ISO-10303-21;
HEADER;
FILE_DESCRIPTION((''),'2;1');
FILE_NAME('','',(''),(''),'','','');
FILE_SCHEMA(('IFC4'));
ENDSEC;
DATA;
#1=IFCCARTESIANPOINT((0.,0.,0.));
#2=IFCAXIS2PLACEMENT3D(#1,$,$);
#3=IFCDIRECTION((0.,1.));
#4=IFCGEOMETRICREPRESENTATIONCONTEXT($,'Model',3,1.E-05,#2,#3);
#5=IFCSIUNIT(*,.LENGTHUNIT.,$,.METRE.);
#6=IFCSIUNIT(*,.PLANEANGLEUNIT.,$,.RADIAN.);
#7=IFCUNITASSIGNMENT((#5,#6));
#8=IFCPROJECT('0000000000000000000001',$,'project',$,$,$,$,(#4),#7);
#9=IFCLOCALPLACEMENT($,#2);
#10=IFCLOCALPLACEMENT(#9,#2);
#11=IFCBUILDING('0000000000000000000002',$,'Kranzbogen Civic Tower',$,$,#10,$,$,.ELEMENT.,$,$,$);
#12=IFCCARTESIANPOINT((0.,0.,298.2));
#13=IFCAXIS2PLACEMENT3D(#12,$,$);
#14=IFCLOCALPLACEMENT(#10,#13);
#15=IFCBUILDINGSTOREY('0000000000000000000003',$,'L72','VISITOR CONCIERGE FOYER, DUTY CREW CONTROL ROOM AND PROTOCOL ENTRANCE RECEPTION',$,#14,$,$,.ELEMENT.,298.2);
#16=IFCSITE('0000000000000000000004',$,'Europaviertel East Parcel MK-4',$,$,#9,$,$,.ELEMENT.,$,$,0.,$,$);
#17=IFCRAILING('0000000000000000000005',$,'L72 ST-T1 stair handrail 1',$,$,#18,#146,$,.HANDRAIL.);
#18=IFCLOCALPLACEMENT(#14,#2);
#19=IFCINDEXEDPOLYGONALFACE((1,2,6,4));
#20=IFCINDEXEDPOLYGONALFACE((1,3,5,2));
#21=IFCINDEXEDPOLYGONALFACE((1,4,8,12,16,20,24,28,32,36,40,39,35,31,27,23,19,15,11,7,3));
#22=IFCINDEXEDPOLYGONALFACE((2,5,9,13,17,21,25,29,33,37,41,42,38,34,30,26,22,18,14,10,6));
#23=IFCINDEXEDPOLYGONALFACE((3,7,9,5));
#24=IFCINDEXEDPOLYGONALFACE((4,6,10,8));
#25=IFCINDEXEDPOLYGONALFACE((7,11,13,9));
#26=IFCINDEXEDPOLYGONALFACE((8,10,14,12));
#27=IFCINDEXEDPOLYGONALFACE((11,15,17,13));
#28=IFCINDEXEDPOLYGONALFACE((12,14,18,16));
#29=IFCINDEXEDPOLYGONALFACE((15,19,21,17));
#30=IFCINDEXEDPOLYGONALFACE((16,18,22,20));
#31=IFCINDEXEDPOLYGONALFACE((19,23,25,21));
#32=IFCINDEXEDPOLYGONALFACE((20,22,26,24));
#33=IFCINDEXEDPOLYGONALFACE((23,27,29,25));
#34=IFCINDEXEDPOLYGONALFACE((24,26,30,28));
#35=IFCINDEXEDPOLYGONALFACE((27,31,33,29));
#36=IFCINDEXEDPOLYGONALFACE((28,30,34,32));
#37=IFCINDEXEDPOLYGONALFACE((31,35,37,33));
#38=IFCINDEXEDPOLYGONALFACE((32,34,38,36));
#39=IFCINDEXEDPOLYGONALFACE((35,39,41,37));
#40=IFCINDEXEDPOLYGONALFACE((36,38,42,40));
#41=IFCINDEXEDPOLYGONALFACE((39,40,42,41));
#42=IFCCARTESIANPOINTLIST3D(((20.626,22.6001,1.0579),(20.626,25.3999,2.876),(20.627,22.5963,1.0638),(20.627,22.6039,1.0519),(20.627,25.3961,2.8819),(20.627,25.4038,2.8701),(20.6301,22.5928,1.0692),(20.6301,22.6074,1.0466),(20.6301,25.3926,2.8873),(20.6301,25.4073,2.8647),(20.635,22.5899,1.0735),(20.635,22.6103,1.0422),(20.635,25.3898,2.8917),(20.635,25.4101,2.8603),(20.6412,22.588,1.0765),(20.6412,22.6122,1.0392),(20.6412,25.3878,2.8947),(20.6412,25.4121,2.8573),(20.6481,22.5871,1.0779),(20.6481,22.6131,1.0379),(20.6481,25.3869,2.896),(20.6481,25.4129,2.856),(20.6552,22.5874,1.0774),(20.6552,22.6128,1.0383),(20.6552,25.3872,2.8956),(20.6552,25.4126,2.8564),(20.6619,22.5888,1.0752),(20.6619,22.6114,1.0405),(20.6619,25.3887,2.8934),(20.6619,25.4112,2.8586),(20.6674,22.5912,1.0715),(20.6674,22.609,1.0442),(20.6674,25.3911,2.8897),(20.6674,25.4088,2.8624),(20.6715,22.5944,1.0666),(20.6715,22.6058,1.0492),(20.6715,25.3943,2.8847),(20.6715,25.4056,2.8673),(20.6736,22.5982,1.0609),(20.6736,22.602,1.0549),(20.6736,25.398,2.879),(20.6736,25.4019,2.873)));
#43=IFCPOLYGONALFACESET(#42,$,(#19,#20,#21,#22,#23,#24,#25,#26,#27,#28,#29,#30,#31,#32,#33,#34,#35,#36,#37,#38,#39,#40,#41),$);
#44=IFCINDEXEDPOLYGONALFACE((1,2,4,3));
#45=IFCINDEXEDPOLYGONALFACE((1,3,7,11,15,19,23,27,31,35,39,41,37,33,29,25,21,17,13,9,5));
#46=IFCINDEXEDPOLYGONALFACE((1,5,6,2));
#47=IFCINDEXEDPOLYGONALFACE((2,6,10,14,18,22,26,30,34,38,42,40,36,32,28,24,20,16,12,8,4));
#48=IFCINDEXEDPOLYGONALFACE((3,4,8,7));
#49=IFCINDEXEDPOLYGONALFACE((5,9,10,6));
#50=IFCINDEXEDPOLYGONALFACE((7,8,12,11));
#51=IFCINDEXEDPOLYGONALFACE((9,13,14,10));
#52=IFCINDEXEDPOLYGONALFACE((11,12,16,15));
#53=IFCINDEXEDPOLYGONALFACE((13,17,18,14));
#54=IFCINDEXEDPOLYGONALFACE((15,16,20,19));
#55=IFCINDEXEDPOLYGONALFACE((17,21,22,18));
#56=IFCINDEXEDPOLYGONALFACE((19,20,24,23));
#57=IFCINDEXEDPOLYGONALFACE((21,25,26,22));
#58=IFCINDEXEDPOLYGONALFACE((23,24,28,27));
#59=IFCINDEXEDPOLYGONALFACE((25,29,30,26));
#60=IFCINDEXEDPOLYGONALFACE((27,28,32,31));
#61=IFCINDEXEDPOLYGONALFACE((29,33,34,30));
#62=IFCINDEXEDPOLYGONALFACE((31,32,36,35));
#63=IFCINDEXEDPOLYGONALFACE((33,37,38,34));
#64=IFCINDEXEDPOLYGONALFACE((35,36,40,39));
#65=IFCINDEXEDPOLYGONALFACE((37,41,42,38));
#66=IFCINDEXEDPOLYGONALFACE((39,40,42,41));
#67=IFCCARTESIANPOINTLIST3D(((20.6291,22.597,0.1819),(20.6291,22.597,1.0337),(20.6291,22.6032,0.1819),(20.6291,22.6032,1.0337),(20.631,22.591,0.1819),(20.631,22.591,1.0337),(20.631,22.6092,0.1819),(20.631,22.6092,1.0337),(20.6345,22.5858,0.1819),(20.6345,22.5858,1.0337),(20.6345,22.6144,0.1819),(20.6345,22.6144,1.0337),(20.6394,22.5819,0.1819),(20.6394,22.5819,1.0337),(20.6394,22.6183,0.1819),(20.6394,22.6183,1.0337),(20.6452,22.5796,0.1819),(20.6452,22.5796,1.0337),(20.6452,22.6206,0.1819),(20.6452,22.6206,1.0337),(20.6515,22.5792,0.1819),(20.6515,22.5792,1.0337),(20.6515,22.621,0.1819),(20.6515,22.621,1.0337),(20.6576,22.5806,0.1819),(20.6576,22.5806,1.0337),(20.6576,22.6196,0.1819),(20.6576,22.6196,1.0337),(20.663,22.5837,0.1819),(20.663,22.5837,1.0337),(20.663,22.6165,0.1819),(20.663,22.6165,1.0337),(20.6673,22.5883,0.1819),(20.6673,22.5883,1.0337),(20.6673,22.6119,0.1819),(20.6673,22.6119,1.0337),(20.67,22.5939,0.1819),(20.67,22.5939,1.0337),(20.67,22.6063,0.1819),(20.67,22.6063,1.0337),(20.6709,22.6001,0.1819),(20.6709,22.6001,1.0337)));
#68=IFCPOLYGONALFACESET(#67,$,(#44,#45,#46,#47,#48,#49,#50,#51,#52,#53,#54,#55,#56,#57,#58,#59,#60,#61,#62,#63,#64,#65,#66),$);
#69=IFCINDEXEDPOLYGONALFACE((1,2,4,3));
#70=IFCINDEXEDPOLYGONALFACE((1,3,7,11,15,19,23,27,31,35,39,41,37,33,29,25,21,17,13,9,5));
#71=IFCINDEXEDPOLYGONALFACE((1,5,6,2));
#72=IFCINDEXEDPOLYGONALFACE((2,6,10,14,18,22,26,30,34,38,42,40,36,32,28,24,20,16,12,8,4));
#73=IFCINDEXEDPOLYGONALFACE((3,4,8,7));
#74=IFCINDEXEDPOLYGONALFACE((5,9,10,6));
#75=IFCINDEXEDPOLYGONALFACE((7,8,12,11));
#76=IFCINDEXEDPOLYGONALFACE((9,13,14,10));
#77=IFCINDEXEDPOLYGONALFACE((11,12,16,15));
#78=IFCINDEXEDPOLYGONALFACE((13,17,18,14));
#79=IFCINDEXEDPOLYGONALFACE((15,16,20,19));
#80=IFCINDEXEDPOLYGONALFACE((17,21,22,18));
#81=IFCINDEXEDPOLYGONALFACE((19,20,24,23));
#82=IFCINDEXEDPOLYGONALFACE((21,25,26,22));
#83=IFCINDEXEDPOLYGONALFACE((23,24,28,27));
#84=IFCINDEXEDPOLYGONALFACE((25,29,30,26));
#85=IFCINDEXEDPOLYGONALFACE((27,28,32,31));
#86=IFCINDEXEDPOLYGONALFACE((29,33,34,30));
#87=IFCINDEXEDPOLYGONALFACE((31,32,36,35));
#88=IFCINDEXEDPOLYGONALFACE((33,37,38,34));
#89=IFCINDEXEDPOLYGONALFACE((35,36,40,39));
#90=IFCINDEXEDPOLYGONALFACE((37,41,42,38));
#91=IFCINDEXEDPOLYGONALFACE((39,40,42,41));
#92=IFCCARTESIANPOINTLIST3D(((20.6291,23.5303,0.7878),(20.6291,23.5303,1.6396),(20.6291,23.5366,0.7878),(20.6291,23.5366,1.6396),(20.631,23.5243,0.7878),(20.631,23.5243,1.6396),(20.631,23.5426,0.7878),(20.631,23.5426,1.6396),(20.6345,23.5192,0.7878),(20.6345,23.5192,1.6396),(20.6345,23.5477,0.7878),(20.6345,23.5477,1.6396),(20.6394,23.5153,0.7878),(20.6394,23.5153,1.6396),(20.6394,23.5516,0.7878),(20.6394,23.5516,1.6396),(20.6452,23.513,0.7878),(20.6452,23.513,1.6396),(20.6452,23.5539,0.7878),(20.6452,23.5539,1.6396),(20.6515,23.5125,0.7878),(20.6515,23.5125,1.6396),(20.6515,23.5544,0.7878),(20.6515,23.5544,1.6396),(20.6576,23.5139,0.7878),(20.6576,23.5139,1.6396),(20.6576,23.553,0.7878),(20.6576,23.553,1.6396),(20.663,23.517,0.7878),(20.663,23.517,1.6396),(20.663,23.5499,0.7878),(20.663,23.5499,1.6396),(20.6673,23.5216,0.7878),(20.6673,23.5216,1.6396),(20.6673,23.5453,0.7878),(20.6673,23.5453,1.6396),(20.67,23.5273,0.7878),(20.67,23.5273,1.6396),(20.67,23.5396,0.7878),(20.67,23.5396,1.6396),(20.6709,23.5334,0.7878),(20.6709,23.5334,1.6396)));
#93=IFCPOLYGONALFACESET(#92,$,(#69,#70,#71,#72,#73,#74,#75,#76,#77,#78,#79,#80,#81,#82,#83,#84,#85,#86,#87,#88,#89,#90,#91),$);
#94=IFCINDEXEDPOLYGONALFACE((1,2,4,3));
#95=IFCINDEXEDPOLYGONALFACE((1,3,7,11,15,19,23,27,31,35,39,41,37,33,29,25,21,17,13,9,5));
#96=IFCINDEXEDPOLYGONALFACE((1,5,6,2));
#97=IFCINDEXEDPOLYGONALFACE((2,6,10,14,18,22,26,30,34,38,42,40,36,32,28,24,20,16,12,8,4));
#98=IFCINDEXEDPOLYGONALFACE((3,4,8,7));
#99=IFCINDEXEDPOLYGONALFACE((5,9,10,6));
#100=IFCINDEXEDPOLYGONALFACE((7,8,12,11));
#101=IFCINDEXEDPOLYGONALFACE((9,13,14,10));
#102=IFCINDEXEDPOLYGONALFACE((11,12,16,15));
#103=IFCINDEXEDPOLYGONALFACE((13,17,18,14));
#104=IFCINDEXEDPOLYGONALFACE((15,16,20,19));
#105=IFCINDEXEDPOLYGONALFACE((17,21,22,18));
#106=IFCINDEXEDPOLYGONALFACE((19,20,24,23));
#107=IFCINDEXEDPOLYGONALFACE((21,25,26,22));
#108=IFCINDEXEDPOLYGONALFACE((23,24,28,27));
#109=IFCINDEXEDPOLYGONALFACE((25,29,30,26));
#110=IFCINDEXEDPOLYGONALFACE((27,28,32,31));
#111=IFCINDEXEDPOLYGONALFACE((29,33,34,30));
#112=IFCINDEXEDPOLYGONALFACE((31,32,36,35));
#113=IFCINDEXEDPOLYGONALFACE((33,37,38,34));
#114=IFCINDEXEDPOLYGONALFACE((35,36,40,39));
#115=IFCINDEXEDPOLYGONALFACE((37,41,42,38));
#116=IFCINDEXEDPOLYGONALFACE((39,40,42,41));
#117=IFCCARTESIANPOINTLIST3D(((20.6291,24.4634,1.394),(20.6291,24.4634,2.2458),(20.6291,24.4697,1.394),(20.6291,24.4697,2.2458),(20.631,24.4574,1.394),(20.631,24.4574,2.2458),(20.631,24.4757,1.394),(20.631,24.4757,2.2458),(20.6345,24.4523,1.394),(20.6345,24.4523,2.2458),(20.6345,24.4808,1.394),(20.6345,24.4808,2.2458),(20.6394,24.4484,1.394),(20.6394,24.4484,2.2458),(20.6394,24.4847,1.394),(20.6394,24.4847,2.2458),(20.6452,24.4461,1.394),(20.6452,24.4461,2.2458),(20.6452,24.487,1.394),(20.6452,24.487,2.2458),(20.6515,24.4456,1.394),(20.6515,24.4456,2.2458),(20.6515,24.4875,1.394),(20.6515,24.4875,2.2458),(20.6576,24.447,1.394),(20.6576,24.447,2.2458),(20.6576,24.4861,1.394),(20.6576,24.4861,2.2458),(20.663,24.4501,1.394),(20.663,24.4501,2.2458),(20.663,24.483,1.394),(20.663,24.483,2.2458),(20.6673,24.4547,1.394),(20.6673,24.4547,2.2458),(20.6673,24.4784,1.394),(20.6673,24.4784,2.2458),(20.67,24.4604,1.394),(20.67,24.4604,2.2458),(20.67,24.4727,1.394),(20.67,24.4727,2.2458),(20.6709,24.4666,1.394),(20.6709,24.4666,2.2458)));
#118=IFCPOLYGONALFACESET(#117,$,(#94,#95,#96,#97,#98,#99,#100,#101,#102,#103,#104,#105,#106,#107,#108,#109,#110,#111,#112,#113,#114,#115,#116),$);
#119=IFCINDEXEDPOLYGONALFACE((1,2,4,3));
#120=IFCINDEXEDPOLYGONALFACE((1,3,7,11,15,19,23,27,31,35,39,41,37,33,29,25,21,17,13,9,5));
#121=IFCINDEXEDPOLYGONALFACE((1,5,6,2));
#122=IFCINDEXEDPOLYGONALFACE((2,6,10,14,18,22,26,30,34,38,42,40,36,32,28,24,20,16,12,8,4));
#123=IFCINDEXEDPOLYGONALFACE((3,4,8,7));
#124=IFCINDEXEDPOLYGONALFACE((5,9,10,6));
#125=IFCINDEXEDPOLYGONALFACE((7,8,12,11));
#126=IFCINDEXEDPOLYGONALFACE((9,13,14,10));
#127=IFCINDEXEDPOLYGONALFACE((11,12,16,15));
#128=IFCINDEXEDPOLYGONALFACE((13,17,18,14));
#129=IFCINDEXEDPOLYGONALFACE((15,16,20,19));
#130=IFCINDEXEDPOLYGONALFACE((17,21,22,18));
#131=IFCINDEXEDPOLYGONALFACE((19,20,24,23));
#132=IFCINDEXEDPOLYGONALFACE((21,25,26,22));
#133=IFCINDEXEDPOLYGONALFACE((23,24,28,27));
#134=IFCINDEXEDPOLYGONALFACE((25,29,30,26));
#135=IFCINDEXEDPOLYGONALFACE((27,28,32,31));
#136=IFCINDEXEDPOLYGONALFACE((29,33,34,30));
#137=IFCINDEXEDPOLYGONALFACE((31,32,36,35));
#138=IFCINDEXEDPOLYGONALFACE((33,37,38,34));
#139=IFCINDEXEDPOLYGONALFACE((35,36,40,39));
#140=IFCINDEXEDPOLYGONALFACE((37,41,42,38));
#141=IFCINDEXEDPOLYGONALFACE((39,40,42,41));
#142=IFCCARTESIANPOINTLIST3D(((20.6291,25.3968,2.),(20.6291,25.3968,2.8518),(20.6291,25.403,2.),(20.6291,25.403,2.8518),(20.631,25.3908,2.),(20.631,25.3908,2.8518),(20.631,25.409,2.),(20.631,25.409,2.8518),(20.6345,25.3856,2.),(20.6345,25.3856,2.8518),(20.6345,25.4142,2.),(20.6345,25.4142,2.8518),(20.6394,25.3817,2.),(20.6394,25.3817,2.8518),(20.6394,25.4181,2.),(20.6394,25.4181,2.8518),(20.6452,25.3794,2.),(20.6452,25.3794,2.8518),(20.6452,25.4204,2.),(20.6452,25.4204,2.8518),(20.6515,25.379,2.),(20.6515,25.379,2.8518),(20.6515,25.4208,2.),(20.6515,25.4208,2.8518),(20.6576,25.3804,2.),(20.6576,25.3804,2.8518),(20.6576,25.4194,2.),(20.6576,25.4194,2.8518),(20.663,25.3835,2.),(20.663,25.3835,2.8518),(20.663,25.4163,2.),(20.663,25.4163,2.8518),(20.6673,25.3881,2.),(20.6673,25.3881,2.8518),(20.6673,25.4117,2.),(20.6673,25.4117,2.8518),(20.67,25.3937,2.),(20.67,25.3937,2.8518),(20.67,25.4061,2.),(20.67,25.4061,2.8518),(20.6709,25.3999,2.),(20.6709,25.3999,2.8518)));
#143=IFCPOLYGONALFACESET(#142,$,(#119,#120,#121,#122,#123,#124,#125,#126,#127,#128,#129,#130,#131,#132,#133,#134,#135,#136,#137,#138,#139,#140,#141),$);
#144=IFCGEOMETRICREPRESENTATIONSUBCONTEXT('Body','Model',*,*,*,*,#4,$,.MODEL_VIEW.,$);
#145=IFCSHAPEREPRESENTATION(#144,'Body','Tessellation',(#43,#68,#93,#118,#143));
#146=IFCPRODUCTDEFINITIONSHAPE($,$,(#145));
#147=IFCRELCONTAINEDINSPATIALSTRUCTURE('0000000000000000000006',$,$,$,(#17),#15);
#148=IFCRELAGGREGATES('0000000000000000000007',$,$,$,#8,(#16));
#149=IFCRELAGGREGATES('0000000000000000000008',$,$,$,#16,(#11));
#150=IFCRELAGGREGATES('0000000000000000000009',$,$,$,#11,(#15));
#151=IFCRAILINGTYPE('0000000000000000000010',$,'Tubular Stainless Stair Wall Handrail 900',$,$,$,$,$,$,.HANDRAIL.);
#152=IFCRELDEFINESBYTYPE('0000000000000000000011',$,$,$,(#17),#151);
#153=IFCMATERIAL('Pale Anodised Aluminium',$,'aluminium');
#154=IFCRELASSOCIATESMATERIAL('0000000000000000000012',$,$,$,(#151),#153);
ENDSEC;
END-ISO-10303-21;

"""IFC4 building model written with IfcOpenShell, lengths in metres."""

from ifc_helpers import new_model, si_unit, direction, frame, origin, origin_2d, place, context, subcontext, project, spatial, circle, extrude, material, type_object, element, save


model = new_model("IFC4")

# Units and contexts
model_context = context("Model", 3, precision=1e-05, world=origin(), true_north=direction((0.0, 1.0)))
body_context = subcontext(model_context, "Body", "Model", "MODEL_VIEW")
ifc_project = project(units=[si_unit("LENGTHUNIT", "METRE"), si_unit("PLANEANGLEUNIT", "RADIAN")], contexts=[model_context])

# Site, building, storey
site_placement = place(None, origin())
site = spatial("IfcSite", under=ifc_project, at=site_placement, Name="Europaviertel East Parcel MK-4", CompositionType="ELEMENT", RefElevation=0.0)
building_placement = place(site_placement, origin())
building = spatial("IfcBuilding", under=site, at=building_placement, Name="Kranzbogen Civic Tower", CompositionType="ELEMENT")
storey_placement = place(building_placement, frame((0.0, 0.0, 298.2)))
storey = spatial("IfcBuildingStorey", under=building, at=storey_placement, Name="L72", Description="VISITOR CONCIERGE FOYER, DUTY CREW CONTROL ROOM AND PROTOCOL ENTRANCE RECEPTION", CompositionType="ELEMENT", Elevation=298.2)

# Shared definitions
ifc_material_1 = material(Name="Pale Anodised Aluminium", Category="aluminium")

# Railing
railing_type_1 = type_object("IfcRailingType", Name="Tubular Stainless Stair Wall Handrail 900", PredefinedType="HANDRAIL", material=ifc_material_1)
railing_1_placement = place(storey_placement, frame((20.6499, 22.6001, 0.1819)))
element("IfcRailing", 1, at=railing_1_placement, inside=storey, type_object=railing_type_1, Name="L72 ST-T1 stair handrail 1", PredefinedType="HANDRAIL", context=body_context, shape_type="SweptSolid", body=[
    extrude(circle(Radius=0.0239, at=origin_2d()), frame((0.0, 0.0, 0.876), z_axis=(0.0, 0.838684, 0.544618), x_axis=(-1.0, 0.0, 0.0)), (0.0, 0.0, 1.0), 3.3384),
    extrude(circle(Radius=0.021, at=origin_2d()), origin(), (0.0, 0.0, 1.0), 0.8518),
    extrude(circle(Radius=0.021, at=origin_2d()), frame((0.0, 0.9333, 0.606)), (0.0, 0.0, 1.0), 0.8518),
    extrude(circle(Radius=0.021, at=origin_2d()), frame((0.0, 1.8665, 1.2122)), (0.0, 0.0, 1.0), 0.8518),
    extrude(circle(Radius=0.021, at=origin_2d()), frame((0.0, 2.7998, 1.8181)), (0.0, 0.0, 1.0), 0.8518),
])

save(model, "model.ifc")
